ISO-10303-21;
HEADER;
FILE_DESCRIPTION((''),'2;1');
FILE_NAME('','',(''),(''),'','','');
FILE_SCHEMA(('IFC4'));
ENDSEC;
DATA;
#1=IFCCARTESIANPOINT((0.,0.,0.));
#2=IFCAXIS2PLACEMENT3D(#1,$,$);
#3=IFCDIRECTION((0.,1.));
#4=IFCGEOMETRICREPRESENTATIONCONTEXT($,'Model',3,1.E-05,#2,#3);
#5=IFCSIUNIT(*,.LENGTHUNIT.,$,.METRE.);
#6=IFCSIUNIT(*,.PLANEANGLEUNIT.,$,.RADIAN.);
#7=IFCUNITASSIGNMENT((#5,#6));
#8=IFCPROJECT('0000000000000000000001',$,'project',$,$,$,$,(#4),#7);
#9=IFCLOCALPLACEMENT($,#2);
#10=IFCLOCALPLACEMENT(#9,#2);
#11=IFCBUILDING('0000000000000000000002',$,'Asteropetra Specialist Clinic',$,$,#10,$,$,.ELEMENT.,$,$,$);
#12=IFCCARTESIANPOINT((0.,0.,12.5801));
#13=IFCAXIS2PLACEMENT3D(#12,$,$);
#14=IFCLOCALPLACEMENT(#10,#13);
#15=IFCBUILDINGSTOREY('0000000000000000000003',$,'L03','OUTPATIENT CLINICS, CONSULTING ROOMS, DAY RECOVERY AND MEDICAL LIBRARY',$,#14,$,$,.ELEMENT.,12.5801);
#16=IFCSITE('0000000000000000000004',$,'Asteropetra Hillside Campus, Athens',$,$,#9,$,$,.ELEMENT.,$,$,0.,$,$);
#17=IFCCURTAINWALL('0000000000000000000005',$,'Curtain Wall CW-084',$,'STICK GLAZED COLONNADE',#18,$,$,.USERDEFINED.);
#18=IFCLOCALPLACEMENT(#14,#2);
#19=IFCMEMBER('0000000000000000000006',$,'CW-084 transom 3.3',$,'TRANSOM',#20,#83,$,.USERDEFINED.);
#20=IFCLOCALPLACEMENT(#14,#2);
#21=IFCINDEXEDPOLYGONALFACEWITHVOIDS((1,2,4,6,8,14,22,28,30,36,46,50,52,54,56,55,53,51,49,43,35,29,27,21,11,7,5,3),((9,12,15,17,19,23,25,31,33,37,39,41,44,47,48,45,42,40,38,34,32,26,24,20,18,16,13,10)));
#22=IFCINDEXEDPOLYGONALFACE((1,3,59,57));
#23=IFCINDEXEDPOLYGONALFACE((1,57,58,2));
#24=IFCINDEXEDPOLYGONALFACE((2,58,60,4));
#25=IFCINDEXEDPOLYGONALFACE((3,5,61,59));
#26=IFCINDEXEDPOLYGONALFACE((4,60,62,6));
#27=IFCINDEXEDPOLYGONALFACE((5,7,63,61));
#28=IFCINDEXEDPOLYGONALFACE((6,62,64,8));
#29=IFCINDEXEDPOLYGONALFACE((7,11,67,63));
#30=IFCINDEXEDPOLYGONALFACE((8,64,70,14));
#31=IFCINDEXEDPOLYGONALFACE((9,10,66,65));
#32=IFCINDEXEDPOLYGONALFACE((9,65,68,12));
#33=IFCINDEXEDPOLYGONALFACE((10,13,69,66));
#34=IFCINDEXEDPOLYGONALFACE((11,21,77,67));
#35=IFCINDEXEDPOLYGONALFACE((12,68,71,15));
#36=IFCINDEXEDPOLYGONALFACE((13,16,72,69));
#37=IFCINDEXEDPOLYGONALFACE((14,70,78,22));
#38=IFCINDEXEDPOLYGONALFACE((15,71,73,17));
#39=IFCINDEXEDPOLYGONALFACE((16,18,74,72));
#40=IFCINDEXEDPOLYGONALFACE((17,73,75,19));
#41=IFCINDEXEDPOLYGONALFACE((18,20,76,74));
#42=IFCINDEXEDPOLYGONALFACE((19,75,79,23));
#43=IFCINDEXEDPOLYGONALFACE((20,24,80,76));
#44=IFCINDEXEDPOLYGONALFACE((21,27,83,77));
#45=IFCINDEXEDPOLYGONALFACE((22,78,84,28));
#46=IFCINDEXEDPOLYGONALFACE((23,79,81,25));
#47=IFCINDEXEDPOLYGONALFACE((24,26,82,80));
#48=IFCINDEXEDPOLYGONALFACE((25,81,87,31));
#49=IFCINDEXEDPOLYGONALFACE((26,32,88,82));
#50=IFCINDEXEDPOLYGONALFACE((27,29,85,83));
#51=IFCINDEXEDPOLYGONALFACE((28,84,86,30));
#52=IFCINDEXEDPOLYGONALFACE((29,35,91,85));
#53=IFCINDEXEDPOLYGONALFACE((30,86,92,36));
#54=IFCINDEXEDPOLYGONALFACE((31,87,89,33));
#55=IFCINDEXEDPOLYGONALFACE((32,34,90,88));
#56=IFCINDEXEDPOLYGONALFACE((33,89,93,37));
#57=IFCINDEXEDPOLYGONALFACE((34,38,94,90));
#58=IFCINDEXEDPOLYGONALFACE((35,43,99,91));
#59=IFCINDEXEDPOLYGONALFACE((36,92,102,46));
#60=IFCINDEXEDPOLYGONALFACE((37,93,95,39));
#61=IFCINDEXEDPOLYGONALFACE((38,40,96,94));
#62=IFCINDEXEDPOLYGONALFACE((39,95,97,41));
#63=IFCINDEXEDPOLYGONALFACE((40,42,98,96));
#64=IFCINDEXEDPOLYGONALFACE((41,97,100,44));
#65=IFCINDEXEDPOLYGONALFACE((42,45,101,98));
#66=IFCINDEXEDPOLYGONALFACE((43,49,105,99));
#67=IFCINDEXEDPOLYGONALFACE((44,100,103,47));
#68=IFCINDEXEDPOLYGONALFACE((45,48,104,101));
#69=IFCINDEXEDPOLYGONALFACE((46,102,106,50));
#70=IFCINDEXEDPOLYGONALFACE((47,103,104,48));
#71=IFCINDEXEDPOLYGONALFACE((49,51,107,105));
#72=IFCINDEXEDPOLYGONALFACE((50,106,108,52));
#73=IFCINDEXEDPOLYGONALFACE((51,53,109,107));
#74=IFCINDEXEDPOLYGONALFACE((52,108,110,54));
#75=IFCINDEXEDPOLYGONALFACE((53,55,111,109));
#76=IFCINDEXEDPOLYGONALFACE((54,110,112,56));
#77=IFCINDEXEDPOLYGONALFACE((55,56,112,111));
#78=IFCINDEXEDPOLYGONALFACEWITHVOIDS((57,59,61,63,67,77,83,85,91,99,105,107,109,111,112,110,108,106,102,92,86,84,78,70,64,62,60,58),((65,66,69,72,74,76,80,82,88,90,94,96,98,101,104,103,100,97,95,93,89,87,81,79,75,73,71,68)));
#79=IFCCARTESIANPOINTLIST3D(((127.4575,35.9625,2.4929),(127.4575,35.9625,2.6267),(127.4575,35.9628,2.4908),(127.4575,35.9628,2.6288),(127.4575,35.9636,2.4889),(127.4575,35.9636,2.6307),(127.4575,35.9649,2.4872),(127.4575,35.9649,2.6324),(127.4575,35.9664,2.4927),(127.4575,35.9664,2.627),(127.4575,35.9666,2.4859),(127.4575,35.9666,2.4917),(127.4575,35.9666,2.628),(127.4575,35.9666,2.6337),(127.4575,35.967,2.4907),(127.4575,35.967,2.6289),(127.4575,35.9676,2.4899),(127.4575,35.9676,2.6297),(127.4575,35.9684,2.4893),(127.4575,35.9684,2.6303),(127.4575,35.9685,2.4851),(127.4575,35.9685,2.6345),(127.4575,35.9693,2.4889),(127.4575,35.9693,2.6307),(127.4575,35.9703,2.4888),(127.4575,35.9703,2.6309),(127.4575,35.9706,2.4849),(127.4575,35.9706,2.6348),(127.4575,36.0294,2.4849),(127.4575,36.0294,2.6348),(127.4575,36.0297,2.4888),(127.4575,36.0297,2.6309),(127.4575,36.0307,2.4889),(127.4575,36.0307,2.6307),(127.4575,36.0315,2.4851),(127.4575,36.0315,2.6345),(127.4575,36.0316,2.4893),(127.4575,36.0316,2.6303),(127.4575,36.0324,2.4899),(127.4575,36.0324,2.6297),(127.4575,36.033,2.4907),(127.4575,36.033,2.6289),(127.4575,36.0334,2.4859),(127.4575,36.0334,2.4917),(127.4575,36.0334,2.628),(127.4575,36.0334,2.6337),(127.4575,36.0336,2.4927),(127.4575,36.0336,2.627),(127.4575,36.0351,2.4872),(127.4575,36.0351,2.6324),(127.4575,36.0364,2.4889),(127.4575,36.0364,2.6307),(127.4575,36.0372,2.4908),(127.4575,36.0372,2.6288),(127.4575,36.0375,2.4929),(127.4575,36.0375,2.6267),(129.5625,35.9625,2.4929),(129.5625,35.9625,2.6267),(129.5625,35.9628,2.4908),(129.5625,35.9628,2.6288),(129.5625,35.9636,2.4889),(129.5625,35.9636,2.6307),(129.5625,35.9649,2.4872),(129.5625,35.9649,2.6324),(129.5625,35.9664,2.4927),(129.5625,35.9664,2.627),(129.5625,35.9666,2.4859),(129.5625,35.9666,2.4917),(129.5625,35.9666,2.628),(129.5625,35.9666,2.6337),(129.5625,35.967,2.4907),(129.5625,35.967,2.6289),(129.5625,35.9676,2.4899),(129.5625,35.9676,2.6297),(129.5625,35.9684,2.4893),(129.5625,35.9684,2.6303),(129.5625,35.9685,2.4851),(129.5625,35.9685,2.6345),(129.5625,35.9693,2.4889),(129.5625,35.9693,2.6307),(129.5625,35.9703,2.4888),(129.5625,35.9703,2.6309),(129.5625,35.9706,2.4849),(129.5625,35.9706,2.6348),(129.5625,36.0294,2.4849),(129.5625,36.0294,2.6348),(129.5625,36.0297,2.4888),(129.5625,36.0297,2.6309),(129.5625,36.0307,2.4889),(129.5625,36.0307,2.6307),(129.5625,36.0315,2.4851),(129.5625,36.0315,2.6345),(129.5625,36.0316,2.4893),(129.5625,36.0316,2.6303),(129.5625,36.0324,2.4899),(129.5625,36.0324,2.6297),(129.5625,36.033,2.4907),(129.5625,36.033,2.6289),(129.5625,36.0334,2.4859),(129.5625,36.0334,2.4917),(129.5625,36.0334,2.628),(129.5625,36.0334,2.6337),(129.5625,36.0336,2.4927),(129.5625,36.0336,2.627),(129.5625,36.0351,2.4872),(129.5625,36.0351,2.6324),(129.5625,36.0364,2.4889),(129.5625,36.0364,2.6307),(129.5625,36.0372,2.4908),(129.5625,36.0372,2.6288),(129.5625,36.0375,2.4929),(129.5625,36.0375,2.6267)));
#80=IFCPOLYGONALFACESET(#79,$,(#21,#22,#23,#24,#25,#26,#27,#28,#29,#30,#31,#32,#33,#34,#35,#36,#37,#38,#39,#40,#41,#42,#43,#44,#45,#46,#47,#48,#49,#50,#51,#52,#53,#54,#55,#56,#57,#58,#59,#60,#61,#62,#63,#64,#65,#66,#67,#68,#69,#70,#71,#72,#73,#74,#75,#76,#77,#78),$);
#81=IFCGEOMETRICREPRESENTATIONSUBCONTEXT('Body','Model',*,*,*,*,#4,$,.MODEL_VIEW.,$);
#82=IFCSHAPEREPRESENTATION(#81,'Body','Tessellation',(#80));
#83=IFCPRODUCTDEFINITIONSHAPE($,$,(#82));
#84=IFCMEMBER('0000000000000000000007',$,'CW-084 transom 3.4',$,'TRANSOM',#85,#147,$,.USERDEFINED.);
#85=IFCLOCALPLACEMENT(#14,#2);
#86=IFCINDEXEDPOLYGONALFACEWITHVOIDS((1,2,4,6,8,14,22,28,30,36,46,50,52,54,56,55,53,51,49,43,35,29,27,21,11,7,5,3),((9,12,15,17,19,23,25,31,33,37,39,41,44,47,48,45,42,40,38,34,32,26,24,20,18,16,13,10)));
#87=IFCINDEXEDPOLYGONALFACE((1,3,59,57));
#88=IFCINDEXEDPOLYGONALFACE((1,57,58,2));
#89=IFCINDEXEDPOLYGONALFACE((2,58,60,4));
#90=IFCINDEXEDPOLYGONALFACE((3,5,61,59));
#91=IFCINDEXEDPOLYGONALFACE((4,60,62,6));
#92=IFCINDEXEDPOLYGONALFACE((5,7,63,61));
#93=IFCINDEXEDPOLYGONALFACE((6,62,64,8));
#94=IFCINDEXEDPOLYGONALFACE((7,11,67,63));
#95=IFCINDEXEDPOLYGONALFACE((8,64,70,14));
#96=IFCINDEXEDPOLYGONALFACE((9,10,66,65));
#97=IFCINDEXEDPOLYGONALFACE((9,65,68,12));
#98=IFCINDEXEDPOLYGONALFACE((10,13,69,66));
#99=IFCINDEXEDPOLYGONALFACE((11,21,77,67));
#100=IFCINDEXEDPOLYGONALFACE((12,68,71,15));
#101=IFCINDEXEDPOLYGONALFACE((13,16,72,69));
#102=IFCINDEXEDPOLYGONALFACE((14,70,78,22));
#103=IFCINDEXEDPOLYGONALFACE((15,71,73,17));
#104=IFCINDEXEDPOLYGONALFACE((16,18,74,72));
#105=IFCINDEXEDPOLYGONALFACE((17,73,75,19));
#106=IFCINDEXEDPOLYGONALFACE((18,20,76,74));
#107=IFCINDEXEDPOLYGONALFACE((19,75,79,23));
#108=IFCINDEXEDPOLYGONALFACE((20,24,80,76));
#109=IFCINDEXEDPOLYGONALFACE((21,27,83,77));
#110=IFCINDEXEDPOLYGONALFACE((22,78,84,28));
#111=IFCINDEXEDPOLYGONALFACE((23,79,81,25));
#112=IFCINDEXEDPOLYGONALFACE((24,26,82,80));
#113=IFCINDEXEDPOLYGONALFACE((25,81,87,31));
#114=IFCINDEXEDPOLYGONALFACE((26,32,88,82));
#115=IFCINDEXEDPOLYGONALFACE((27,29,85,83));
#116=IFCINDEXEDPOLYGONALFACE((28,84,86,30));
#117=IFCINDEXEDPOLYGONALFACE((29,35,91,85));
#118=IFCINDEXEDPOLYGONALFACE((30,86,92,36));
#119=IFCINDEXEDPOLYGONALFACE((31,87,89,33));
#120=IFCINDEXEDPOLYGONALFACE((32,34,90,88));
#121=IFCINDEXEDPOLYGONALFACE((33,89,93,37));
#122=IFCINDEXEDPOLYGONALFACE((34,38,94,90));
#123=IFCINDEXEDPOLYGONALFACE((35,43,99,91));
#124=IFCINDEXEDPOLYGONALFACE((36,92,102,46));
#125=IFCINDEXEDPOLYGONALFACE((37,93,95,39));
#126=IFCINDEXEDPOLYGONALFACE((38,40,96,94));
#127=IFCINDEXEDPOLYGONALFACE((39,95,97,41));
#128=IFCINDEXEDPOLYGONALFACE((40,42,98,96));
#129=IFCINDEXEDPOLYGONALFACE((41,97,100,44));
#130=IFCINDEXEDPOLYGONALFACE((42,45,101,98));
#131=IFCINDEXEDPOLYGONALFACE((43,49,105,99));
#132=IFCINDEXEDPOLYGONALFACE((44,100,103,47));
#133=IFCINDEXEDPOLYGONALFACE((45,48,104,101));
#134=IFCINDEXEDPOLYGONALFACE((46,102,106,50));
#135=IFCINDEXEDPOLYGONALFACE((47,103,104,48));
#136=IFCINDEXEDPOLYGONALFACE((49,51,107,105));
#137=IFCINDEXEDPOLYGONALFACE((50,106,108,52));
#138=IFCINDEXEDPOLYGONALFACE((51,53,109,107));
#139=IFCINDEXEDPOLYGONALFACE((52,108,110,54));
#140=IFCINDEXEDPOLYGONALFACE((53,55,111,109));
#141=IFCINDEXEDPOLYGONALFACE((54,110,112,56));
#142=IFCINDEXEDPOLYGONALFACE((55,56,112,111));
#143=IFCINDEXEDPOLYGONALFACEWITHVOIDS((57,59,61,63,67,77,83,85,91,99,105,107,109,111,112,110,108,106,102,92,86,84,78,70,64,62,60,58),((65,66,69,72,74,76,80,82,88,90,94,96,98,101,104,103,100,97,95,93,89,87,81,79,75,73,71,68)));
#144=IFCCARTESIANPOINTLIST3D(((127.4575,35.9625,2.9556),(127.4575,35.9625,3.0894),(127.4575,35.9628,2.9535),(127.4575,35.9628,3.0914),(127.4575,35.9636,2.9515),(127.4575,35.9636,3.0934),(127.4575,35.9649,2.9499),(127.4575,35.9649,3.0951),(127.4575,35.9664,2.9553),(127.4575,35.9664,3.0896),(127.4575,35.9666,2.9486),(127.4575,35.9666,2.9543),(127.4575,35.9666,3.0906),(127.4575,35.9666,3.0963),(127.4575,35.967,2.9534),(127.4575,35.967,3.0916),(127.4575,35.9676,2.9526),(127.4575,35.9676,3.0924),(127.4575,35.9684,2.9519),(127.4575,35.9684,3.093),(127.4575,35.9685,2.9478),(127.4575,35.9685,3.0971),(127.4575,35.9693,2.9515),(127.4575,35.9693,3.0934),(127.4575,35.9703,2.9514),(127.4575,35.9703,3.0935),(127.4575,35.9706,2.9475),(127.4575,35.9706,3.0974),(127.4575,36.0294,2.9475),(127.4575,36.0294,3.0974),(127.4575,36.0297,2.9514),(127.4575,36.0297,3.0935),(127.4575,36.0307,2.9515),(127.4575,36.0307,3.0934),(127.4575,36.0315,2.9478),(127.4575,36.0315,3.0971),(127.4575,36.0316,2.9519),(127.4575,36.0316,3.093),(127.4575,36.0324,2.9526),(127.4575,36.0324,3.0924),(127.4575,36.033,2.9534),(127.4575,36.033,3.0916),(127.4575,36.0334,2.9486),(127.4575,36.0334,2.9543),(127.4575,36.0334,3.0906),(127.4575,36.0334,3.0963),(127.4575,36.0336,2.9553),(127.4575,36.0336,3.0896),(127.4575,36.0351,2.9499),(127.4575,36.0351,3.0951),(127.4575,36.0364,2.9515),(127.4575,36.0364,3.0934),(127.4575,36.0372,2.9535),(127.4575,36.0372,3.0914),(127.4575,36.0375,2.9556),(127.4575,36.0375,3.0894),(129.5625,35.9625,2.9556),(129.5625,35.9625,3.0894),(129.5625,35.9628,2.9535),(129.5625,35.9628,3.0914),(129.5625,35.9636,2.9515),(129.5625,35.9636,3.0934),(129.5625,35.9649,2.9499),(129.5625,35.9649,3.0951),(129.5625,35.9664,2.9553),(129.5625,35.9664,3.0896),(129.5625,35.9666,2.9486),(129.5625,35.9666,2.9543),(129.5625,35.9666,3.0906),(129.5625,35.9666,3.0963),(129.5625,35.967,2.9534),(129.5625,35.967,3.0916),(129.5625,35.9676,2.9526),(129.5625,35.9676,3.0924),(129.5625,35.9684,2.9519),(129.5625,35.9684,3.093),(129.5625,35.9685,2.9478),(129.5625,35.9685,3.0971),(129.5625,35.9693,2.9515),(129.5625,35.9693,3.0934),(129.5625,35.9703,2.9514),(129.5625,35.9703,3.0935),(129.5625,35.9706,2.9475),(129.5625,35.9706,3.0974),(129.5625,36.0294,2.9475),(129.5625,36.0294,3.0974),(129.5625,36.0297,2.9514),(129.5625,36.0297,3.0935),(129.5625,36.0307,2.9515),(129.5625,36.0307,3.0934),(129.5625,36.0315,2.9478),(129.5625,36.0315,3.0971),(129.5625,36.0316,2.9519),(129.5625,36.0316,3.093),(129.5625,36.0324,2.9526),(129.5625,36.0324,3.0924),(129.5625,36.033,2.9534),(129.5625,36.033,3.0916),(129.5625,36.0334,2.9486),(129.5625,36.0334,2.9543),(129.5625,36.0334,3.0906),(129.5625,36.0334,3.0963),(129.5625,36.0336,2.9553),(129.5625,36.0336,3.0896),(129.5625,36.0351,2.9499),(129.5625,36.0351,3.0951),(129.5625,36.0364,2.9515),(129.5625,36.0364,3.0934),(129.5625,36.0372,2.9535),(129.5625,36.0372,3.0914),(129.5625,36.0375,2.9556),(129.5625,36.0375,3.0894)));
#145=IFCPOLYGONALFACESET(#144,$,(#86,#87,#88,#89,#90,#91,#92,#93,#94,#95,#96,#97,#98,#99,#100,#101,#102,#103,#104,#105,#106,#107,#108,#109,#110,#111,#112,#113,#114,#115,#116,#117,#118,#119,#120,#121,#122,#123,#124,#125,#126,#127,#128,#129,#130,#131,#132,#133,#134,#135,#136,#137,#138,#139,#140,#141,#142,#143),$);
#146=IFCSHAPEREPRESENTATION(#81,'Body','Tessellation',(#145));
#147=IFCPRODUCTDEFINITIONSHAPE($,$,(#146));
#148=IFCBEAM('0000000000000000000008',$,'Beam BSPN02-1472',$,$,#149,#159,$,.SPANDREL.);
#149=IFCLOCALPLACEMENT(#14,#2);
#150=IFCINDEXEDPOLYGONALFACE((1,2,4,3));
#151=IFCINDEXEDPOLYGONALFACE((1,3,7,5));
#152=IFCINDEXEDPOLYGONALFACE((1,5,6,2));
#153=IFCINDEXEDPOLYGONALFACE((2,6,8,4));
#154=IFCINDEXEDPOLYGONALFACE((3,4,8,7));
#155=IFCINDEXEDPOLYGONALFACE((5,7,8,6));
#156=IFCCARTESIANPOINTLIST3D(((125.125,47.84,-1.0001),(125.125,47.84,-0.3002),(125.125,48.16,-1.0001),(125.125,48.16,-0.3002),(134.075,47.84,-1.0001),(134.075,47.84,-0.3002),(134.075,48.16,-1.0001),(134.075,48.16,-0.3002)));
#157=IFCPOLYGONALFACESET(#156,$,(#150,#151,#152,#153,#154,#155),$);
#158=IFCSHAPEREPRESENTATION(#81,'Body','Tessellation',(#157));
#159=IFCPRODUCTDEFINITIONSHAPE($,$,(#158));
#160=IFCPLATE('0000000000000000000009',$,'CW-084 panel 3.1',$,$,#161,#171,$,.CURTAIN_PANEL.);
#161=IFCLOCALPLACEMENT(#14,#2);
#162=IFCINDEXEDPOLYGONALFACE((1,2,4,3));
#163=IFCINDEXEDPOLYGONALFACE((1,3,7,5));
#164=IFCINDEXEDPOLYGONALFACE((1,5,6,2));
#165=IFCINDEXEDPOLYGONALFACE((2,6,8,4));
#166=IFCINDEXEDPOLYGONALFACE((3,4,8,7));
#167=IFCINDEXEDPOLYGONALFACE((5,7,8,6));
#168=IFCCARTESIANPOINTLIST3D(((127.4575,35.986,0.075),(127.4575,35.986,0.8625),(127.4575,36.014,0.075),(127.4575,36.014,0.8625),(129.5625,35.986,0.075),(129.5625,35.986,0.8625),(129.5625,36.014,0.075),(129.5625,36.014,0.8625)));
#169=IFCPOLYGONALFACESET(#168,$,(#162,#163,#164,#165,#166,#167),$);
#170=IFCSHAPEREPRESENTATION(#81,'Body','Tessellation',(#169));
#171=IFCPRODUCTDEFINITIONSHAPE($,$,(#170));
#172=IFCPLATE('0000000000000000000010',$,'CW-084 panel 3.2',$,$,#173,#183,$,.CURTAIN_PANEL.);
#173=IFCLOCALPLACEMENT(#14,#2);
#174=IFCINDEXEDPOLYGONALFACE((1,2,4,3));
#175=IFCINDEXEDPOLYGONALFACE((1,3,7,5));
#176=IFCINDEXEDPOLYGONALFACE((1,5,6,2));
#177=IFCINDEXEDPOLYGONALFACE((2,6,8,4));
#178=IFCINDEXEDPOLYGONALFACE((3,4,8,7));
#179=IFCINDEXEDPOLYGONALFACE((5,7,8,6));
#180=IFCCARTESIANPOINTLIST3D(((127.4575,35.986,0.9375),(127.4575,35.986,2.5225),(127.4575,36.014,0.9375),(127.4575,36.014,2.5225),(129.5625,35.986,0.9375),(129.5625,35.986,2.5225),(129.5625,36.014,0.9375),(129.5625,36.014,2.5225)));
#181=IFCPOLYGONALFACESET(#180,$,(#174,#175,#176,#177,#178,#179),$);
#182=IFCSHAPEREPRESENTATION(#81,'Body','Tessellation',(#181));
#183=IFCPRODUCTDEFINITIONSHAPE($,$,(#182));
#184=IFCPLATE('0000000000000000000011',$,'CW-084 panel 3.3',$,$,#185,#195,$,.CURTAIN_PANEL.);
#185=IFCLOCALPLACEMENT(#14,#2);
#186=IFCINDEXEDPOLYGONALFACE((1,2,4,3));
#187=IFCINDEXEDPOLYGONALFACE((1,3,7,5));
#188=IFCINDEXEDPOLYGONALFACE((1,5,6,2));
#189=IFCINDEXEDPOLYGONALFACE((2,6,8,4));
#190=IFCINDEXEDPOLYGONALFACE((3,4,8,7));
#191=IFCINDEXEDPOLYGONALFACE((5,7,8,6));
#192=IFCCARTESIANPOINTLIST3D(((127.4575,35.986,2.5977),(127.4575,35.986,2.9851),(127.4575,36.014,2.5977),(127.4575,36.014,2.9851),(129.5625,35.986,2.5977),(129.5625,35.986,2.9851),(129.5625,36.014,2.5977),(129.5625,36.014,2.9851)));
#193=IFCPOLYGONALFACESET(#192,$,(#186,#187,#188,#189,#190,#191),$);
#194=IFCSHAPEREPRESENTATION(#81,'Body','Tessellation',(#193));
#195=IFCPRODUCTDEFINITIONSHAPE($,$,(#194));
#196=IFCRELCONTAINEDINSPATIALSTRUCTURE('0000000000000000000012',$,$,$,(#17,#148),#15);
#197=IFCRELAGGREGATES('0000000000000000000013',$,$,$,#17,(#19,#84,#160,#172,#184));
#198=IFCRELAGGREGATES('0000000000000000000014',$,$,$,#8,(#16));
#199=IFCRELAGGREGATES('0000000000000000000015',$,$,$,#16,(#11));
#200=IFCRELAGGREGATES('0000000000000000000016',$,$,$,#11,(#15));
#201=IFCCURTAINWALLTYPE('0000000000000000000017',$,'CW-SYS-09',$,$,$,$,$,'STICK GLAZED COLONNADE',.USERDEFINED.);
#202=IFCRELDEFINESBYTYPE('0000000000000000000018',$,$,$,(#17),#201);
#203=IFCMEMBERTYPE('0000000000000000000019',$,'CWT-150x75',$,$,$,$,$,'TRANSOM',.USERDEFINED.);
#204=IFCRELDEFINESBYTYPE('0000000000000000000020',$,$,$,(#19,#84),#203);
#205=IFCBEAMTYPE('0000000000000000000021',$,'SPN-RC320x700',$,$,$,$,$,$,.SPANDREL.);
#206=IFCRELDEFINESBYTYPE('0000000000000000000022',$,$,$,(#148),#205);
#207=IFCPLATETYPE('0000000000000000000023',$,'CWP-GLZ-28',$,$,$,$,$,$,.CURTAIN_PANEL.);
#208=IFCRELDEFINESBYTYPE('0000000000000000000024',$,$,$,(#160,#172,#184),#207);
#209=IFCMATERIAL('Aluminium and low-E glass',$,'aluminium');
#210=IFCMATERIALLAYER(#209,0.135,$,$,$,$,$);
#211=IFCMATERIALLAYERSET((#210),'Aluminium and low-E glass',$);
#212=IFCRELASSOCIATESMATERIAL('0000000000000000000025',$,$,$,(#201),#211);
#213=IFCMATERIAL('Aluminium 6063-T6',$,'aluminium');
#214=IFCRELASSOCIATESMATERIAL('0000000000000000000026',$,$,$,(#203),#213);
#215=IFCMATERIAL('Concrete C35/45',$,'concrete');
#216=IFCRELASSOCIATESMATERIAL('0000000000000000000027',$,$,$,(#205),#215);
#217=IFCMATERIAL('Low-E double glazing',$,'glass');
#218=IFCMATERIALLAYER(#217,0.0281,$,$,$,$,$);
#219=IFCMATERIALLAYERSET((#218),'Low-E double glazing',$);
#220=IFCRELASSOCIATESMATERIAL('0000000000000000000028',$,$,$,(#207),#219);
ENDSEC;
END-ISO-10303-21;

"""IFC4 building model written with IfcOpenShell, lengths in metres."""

from ifc_helpers import new_model, si_unit, direction, frame, origin, origin_2d, place, context, subcontext, project, spatial, rectangle, hollow_rectangle, extrude, material, layer, layer_set, material_profile, profile_set, type_object, element, aggregate, save


model = new_model("IFC4")

# Units and contexts
model_context = context("Model", 3, precision=1e-05, world=origin(), true_north=direction((0.0, 1.0)))
body_context = subcontext(model_context, "Body", "Model", "MODEL_VIEW")
ifc_project = project(units=[si_unit("LENGTHUNIT", "METRE"), si_unit("PLANEANGLEUNIT", "RADIAN")], contexts=[model_context])

# Site, building, storey
site_placement = place(None, origin())
site = spatial("IfcSite", under=ifc_project, at=site_placement, Name="Asteropetra Hillside Campus, Athens", CompositionType="ELEMENT", RefElevation=0.0)
building_placement = place(site_placement, origin())
building = spatial("IfcBuilding", under=site, at=building_placement, Name="Asteropetra Specialist Clinic", CompositionType="ELEMENT")
storey_placement = place(building_placement, frame((0.0, 0.0, 12.5801)))
storey = spatial("IfcBuildingStorey", under=building, at=storey_placement, Name="L03", Description="OUTPATIENT CLINICS, CONSULTING ROOMS, DAY RECOVERY AND MEDICAL LIBRARY", CompositionType="ELEMENT", Elevation=12.5801)

# Curtain wall, members
ifc_material_1 = material(Name="Aluminium and low-E glass", Category="aluminium")
ifc_layer_1 = layer(ifc_material_1, 0.135)
ifc_layer_set_1 = layer_set([ifc_layer_1], Name="Aluminium and low-E glass")
curtain_wall_type = type_object("IfcCurtainWallType", Name="CW-SYS-09", ElementType="STICK GLAZED COLONNADE", PredefinedType="USERDEFINED", material=ifc_layer_set_1)
curtain_wall_placement = place(storey_placement, origin())
curtain_wall = element("IfcCurtainWall", 1, at=curtain_wall_placement, inside=storey, type_object=curtain_wall_type, Name="Curtain Wall CW-084", ObjectType="STICK GLAZED COLONNADE", PredefinedType="USERDEFINED")
ifc_material_2 = material(Name="Aluminium 6063-T6", Category="aluminium")
ifc_material_profile_1 = material_profile(ifc_material_2, hollow_rectangle(XDim=0.075, YDim=0.1499, WallThickness=0.0039, InnerFilletRadius=0.0039, OuterFilletRadius=0.0081, at=origin_2d()), Name="TRN 150x75x4.0")
ifc_profile_set_1 = profile_set([ifc_material_profile_1], Name="Aluminium 6063-T6")
member_type_1 = type_object("IfcMemberType", Name="CWT-150x75", ElementType="TRANSOM", PredefinedType="USERDEFINED", material=ifc_profile_set_1)
member_1_placement = place(storey_placement, frame((129.5625, 36.0, 2.5598), z_axis=(-1.0, 0.0, 0.0), x_axis=(0.0, -1.0, 0.0)))
member_1 = element("IfcMember", 2, at=member_1_placement, type_object=member_type_1, Name="CW-084 transom 3.3", ObjectType="TRANSOM", PredefinedType="USERDEFINED", context=body_context, shape_type="SweptSolid", body=[
    extrude(hollow_rectangle(XDim=0.075, YDim=0.1499, WallThickness=0.0039, InnerFilletRadius=0.0039, OuterFilletRadius=0.0081, at=origin_2d()), origin(), (0.0, 0.0, 1.0), 2.105),
])
member_2_placement = place(storey_placement, frame((129.5625, 36.0, 3.0225), z_axis=(-1.0, 0.0, 0.0), x_axis=(0.0, -1.0, 0.0)))
member_2 = element("IfcMember", 3, at=member_2_placement, type_object=member_type_1, Name="CW-084 transom 3.4", ObjectType="TRANSOM", PredefinedType="USERDEFINED", context=body_context, shape_type="SweptSolid", body=[
    extrude(hollow_rectangle(XDim=0.075, YDim=0.1499, WallThickness=0.0039, InnerFilletRadius=0.0039, OuterFilletRadius=0.0081, at=origin_2d()), origin(), (0.0, 0.0, 1.0), 2.105),
])

# Beam
ifc_material_3 = material(Name="Concrete C35/45", Category="concrete")
ifc_material_profile_2 = material_profile(ifc_material_3, rectangle(XDim=0.3201, YDim=0.7, at=origin_2d()), Name="RCS 320x700")
ifc_profile_set_2 = profile_set([ifc_material_profile_2], Name="Concrete C35/45")
beam_type_1 = type_object("IfcBeamType", Name="SPN-RC320x700", PredefinedType="SPANDREL", material=ifc_profile_set_2)
beam_1_placement = place(storey_placement, frame((125.125, 48.0, -0.6501), z_axis=(1.0, 0.0, 0.0), x_axis=(0.0, 1.0, 0.0)))
element("IfcBeam", 4, at=beam_1_placement, inside=storey, type_object=beam_type_1, Name="Beam BSPN02-1472", PredefinedType="SPANDREL", context=body_context, shape_type="SweptSolid", body=[
    extrude(rectangle(XDim=0.3201, YDim=0.7, at=origin_2d()), origin(), (0.0, 0.0, 1.0), 8.95),
])

# Plates
ifc_material_4 = material(Name="Low-E double glazing", Category="glass")
ifc_layer_2 = layer(ifc_material_4, 0.0281)
ifc_layer_set_2 = layer_set([ifc_layer_2], Name="Low-E double glazing")
plate_type = type_object("IfcPlateType", Name="CWP-GLZ-28", PredefinedType="CURTAIN_PANEL", material=ifc_layer_set_2)
plate_1_placement = place(storey_placement, frame((128.51, 36.0, 0.075), z_axis=(0.0, 0.0, 1.0), x_axis=(-1.0, 0.0, 0.0)))
plate_1 = element("IfcPlate", 5, at=plate_1_placement, type_object=plate_type, Name="CW-084 panel 3.1", PredefinedType="CURTAIN_PANEL", context=body_context, shape_type="SweptSolid", body=[
    extrude(rectangle(XDim=2.105, YDim=0.0281, at=origin_2d()), origin(), (0.0, 0.0, 1.0), 0.7876),
])
plate_2_placement = place(storey_placement, frame((128.51, 36.0, 0.9375), z_axis=(0.0, 0.0, 1.0), x_axis=(-1.0, 0.0, 0.0)))
plate_2 = element("IfcPlate", 6, at=plate_2_placement, type_object=plate_type, Name="CW-084 panel 3.2", PredefinedType="CURTAIN_PANEL", context=body_context, shape_type="SweptSolid", body=[
    extrude(rectangle(XDim=2.105, YDim=0.0281, at=origin_2d()), origin(), (0.0, 0.0, 1.0), 1.585),
])
plate_3_placement = place(storey_placement, frame((128.51, 36.0, 2.5977), z_axis=(0.0, 0.0, 1.0), x_axis=(-1.0, 0.0, 0.0)))
plate_3 = element("IfcPlate", 7, at=plate_3_placement, type_object=plate_type, Name="CW-084 panel 3.3", PredefinedType="CURTAIN_PANEL", context=body_context, shape_type="SweptSolid", body=[
    extrude(rectangle(XDim=2.105, YDim=0.0281, at=origin_2d()), origin(), (0.0, 0.0, 1.0), 0.3875),
])
aggregate(curtain_wall, [member_1, member_2, plate_1, plate_2, plate_3])

save(model, "model.ifc")
